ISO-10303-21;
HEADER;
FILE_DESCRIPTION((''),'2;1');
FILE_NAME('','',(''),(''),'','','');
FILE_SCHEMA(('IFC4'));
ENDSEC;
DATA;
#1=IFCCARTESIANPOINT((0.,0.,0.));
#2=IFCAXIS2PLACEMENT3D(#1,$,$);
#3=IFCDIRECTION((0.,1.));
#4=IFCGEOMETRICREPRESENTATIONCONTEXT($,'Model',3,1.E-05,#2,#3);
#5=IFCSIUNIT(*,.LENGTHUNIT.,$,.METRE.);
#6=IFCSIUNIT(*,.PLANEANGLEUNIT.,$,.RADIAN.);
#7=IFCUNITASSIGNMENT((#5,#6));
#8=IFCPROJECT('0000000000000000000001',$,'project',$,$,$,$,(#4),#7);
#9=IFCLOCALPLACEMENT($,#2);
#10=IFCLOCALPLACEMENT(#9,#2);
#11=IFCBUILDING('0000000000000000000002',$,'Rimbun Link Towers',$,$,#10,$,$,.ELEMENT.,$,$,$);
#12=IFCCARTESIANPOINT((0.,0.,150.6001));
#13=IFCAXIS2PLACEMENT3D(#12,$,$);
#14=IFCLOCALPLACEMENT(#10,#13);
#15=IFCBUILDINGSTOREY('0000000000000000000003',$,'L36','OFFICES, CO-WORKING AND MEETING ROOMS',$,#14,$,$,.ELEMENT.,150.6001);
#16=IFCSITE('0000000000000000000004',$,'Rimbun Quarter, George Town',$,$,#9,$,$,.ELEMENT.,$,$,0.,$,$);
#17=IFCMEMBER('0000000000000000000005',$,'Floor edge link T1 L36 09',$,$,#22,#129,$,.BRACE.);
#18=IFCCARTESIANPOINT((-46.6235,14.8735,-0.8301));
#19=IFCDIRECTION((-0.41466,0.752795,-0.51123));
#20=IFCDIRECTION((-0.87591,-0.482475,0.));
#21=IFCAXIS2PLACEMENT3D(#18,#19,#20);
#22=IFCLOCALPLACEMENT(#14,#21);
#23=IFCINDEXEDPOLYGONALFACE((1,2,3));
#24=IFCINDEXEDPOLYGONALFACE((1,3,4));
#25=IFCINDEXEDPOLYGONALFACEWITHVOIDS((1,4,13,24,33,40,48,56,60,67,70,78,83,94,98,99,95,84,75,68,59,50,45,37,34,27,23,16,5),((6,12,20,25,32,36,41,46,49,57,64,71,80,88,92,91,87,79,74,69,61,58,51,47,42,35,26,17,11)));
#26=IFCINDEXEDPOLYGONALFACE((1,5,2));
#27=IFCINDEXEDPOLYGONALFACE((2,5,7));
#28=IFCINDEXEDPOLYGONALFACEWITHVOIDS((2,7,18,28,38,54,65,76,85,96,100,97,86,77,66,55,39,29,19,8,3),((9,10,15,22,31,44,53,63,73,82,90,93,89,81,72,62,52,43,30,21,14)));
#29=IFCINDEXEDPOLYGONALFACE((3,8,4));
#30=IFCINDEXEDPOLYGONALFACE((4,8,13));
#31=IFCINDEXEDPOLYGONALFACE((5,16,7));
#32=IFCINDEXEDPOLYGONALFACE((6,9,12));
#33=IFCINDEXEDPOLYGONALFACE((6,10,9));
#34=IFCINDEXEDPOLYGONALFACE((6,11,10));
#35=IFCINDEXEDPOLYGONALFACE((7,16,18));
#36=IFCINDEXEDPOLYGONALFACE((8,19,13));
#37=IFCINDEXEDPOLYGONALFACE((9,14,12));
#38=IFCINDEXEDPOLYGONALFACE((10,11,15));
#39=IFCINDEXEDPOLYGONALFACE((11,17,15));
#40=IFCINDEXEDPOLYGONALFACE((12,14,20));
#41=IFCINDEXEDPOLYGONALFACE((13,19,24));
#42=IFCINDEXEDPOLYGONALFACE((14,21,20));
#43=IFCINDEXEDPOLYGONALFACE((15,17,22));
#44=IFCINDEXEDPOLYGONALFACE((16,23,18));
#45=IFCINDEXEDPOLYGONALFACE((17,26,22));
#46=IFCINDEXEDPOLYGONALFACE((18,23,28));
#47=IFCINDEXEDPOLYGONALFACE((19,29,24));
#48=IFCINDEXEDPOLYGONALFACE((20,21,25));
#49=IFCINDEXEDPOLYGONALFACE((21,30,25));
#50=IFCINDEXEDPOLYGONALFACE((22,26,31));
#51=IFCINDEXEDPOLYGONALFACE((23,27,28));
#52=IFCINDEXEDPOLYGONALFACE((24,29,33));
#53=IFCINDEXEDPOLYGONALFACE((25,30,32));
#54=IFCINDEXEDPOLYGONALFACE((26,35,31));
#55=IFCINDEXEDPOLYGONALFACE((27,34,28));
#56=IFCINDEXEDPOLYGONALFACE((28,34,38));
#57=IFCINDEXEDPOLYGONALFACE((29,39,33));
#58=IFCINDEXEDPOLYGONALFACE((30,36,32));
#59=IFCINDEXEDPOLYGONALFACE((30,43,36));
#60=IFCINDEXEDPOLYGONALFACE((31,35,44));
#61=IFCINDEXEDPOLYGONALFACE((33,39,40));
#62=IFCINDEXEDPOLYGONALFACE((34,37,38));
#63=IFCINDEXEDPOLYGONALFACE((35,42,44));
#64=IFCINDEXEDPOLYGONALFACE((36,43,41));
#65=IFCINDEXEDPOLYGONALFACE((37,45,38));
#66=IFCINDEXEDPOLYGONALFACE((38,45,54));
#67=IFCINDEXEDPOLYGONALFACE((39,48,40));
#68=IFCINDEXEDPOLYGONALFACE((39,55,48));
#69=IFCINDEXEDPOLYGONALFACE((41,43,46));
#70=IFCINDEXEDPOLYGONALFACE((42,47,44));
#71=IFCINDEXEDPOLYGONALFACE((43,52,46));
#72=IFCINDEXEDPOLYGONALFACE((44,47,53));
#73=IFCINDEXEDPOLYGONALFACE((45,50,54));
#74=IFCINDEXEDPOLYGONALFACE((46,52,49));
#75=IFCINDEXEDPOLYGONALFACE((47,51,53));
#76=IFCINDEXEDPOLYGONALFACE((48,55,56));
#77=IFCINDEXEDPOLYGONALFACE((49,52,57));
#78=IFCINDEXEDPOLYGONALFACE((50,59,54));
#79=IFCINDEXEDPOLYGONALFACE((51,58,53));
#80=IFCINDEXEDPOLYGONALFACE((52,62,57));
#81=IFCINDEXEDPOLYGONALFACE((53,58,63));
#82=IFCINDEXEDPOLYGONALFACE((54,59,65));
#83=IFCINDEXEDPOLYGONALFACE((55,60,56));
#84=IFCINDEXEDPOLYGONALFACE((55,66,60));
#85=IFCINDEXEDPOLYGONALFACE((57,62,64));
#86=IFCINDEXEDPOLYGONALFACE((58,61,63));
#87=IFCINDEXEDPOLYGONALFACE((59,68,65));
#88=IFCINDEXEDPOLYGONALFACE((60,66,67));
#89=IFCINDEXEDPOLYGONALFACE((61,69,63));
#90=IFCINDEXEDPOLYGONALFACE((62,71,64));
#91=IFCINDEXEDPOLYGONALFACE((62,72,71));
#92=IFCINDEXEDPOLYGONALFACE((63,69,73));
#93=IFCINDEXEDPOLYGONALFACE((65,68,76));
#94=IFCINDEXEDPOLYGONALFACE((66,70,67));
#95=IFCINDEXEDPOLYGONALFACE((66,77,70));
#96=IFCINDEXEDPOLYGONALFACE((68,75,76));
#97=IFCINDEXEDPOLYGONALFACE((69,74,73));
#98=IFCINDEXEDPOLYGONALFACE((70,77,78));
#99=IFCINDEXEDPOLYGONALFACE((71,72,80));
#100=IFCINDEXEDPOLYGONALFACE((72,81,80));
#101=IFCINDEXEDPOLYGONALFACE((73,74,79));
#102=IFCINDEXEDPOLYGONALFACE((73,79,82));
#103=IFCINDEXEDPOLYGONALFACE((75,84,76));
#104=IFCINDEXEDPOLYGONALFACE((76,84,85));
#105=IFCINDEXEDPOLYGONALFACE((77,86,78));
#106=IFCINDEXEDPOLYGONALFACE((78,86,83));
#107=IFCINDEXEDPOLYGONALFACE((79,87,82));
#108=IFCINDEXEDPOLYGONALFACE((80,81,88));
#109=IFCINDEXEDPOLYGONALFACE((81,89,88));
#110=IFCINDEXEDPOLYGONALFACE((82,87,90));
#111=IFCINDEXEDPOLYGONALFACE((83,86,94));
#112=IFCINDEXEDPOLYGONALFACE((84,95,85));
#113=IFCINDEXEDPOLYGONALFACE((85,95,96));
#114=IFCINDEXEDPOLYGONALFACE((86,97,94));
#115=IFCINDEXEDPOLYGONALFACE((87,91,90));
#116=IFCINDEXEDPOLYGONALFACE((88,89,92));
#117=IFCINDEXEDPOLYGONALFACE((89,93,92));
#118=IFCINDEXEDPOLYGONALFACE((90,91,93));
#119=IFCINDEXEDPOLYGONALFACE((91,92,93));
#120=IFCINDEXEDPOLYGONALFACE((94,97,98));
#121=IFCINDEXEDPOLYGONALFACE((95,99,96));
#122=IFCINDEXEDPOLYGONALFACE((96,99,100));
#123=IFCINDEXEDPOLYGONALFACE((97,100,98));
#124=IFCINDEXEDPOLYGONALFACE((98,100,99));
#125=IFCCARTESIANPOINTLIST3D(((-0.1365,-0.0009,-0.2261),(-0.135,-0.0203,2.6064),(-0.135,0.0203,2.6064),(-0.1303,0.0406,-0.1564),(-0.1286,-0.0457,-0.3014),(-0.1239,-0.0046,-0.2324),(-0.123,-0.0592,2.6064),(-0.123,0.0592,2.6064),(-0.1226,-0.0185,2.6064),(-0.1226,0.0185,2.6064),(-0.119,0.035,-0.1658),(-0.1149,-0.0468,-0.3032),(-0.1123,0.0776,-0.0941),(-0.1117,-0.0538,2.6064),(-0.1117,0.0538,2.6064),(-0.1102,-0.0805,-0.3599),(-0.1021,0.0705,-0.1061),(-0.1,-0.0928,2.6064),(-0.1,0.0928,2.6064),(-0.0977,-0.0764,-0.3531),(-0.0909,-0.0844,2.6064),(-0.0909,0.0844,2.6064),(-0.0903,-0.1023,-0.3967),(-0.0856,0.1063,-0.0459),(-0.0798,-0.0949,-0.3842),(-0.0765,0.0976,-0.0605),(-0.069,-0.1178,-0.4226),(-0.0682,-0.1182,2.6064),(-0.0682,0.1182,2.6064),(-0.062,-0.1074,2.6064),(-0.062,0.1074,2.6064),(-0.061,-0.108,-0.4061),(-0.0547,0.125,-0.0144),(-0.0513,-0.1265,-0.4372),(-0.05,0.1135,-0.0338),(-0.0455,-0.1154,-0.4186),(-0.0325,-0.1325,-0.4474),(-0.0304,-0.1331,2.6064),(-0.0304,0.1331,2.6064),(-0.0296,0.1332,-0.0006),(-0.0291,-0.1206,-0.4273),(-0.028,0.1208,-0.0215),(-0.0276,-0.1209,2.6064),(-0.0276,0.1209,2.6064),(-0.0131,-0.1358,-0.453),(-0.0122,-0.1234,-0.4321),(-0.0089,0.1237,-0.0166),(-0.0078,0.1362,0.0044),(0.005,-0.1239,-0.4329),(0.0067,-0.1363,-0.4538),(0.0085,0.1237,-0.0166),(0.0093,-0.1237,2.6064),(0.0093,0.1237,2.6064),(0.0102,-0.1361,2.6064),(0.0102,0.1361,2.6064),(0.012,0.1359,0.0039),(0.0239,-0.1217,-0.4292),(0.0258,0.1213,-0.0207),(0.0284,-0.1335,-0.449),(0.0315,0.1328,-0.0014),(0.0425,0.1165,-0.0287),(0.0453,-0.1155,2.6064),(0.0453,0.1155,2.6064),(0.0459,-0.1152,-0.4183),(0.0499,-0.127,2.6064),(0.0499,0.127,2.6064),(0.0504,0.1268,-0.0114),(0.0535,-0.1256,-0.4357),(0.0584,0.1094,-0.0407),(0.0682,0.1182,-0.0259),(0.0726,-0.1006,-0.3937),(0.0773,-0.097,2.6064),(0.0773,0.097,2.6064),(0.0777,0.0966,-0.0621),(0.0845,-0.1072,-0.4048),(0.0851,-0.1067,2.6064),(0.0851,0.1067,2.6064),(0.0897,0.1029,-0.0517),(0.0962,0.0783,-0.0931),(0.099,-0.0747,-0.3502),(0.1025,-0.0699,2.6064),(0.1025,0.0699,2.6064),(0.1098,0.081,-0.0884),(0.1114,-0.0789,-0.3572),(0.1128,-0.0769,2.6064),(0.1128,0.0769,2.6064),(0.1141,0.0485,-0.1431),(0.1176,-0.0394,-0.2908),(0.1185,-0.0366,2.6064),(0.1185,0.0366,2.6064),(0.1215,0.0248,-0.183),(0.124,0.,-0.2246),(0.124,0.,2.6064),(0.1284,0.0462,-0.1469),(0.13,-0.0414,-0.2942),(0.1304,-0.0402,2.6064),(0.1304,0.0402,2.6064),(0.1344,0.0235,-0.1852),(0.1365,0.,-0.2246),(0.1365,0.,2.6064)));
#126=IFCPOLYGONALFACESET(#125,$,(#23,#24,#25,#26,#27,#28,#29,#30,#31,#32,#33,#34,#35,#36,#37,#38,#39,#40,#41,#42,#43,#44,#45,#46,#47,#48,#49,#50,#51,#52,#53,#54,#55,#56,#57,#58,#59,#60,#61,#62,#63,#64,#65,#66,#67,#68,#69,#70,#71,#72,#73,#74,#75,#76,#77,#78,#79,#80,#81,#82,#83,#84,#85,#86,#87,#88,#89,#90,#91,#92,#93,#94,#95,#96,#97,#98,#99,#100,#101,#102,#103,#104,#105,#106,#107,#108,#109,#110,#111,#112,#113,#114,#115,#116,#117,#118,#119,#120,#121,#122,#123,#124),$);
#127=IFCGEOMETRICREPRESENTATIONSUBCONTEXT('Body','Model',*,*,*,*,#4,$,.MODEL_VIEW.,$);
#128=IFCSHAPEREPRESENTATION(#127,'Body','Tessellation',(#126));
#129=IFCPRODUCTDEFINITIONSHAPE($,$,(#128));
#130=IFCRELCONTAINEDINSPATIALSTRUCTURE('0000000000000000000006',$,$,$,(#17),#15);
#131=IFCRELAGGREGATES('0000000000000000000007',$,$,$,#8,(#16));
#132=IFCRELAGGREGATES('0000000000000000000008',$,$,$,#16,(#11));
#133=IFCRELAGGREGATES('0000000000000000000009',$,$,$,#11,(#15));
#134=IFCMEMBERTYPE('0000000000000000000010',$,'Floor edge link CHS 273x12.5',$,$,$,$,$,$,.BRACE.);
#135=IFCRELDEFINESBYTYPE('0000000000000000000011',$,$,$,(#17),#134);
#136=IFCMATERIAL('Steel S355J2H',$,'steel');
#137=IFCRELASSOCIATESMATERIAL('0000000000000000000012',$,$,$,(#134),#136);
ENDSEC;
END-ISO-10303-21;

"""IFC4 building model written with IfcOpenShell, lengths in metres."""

from ifc_helpers import new_model, si_unit, direction, frame, origin, origin_2d, place, context, subcontext, project, spatial, hollow_circle, extrude, clip, halfspace, material, material_profile, profile_set, type_object, element, save


model = new_model("IFC4")

# Units and contexts
model_context = context("Model", 3, precision=1e-05, world=origin(), true_north=direction((0.0, 1.0)))
body_context = subcontext(model_context, "Body", "Model", "MODEL_VIEW")
ifc_project = project(units=[si_unit("LENGTHUNIT", "METRE"), si_unit("PLANEANGLEUNIT", "RADIAN")], contexts=[model_context])

# Site, building, storey
site_placement = place(None, origin())
site = spatial("IfcSite", under=ifc_project, at=site_placement, Name="Rimbun Quarter, George Town", CompositionType="ELEMENT", RefElevation=0.0)
building_placement = place(site_placement, origin())
building = spatial("IfcBuilding", under=site, at=building_placement, Name="Rimbun Link Towers", CompositionType="ELEMENT")
storey_placement = place(building_placement, frame((0.0, 0.0, 150.6001)))
storey = spatial("IfcBuildingStorey", under=building, at=storey_placement, Name="L36", Description="OFFICES, CO-WORKING AND MEETING ROOMS", CompositionType="ELEMENT", Elevation=150.6001)

# Member
ifc_material_1 = material(Name="Steel S355J2H", Category="steel")
ifc_material_profile_1 = material_profile(ifc_material_1, hollow_circle(Radius=0.1365, WallThickness=0.0125, at=origin_2d()), Name="CHS 273x12.5")
ifc_profile_set_1 = profile_set([ifc_material_profile_1], Name="Steel S355J2H")
member_type_1 = type_object("IfcMemberType", Name="Floor edge link CHS 273x12.5", PredefinedType="BRACE", material=ifc_profile_set_1)
member_1_placement = place(storey_placement, frame((-46.6235, 14.8735, -0.8301), z_axis=(-0.41466, 0.752795, -0.51123), x_axis=(-0.87591, -0.482475, 0.0)))
element("IfcMember", 1, at=member_1_placement, inside=storey, type_object=member_type_1, Name="Floor edge link T1 L36 09", PredefinedType="BRACE", context=body_context, shape_type="Clipping", body=[
    clip(extrude(hollow_circle(Radius=0.1365, WallThickness=0.0125, at=origin_2d()), frame((0.0, 0.0, -0.4785)), (0.0, 0.0, 1.0), 3.085), halfspace(frame((0.0, 0.0, -0.2246), z_axis=(0.0, 0.859444, -0.51123)), False)),
])

save(model, "model.ifc")
